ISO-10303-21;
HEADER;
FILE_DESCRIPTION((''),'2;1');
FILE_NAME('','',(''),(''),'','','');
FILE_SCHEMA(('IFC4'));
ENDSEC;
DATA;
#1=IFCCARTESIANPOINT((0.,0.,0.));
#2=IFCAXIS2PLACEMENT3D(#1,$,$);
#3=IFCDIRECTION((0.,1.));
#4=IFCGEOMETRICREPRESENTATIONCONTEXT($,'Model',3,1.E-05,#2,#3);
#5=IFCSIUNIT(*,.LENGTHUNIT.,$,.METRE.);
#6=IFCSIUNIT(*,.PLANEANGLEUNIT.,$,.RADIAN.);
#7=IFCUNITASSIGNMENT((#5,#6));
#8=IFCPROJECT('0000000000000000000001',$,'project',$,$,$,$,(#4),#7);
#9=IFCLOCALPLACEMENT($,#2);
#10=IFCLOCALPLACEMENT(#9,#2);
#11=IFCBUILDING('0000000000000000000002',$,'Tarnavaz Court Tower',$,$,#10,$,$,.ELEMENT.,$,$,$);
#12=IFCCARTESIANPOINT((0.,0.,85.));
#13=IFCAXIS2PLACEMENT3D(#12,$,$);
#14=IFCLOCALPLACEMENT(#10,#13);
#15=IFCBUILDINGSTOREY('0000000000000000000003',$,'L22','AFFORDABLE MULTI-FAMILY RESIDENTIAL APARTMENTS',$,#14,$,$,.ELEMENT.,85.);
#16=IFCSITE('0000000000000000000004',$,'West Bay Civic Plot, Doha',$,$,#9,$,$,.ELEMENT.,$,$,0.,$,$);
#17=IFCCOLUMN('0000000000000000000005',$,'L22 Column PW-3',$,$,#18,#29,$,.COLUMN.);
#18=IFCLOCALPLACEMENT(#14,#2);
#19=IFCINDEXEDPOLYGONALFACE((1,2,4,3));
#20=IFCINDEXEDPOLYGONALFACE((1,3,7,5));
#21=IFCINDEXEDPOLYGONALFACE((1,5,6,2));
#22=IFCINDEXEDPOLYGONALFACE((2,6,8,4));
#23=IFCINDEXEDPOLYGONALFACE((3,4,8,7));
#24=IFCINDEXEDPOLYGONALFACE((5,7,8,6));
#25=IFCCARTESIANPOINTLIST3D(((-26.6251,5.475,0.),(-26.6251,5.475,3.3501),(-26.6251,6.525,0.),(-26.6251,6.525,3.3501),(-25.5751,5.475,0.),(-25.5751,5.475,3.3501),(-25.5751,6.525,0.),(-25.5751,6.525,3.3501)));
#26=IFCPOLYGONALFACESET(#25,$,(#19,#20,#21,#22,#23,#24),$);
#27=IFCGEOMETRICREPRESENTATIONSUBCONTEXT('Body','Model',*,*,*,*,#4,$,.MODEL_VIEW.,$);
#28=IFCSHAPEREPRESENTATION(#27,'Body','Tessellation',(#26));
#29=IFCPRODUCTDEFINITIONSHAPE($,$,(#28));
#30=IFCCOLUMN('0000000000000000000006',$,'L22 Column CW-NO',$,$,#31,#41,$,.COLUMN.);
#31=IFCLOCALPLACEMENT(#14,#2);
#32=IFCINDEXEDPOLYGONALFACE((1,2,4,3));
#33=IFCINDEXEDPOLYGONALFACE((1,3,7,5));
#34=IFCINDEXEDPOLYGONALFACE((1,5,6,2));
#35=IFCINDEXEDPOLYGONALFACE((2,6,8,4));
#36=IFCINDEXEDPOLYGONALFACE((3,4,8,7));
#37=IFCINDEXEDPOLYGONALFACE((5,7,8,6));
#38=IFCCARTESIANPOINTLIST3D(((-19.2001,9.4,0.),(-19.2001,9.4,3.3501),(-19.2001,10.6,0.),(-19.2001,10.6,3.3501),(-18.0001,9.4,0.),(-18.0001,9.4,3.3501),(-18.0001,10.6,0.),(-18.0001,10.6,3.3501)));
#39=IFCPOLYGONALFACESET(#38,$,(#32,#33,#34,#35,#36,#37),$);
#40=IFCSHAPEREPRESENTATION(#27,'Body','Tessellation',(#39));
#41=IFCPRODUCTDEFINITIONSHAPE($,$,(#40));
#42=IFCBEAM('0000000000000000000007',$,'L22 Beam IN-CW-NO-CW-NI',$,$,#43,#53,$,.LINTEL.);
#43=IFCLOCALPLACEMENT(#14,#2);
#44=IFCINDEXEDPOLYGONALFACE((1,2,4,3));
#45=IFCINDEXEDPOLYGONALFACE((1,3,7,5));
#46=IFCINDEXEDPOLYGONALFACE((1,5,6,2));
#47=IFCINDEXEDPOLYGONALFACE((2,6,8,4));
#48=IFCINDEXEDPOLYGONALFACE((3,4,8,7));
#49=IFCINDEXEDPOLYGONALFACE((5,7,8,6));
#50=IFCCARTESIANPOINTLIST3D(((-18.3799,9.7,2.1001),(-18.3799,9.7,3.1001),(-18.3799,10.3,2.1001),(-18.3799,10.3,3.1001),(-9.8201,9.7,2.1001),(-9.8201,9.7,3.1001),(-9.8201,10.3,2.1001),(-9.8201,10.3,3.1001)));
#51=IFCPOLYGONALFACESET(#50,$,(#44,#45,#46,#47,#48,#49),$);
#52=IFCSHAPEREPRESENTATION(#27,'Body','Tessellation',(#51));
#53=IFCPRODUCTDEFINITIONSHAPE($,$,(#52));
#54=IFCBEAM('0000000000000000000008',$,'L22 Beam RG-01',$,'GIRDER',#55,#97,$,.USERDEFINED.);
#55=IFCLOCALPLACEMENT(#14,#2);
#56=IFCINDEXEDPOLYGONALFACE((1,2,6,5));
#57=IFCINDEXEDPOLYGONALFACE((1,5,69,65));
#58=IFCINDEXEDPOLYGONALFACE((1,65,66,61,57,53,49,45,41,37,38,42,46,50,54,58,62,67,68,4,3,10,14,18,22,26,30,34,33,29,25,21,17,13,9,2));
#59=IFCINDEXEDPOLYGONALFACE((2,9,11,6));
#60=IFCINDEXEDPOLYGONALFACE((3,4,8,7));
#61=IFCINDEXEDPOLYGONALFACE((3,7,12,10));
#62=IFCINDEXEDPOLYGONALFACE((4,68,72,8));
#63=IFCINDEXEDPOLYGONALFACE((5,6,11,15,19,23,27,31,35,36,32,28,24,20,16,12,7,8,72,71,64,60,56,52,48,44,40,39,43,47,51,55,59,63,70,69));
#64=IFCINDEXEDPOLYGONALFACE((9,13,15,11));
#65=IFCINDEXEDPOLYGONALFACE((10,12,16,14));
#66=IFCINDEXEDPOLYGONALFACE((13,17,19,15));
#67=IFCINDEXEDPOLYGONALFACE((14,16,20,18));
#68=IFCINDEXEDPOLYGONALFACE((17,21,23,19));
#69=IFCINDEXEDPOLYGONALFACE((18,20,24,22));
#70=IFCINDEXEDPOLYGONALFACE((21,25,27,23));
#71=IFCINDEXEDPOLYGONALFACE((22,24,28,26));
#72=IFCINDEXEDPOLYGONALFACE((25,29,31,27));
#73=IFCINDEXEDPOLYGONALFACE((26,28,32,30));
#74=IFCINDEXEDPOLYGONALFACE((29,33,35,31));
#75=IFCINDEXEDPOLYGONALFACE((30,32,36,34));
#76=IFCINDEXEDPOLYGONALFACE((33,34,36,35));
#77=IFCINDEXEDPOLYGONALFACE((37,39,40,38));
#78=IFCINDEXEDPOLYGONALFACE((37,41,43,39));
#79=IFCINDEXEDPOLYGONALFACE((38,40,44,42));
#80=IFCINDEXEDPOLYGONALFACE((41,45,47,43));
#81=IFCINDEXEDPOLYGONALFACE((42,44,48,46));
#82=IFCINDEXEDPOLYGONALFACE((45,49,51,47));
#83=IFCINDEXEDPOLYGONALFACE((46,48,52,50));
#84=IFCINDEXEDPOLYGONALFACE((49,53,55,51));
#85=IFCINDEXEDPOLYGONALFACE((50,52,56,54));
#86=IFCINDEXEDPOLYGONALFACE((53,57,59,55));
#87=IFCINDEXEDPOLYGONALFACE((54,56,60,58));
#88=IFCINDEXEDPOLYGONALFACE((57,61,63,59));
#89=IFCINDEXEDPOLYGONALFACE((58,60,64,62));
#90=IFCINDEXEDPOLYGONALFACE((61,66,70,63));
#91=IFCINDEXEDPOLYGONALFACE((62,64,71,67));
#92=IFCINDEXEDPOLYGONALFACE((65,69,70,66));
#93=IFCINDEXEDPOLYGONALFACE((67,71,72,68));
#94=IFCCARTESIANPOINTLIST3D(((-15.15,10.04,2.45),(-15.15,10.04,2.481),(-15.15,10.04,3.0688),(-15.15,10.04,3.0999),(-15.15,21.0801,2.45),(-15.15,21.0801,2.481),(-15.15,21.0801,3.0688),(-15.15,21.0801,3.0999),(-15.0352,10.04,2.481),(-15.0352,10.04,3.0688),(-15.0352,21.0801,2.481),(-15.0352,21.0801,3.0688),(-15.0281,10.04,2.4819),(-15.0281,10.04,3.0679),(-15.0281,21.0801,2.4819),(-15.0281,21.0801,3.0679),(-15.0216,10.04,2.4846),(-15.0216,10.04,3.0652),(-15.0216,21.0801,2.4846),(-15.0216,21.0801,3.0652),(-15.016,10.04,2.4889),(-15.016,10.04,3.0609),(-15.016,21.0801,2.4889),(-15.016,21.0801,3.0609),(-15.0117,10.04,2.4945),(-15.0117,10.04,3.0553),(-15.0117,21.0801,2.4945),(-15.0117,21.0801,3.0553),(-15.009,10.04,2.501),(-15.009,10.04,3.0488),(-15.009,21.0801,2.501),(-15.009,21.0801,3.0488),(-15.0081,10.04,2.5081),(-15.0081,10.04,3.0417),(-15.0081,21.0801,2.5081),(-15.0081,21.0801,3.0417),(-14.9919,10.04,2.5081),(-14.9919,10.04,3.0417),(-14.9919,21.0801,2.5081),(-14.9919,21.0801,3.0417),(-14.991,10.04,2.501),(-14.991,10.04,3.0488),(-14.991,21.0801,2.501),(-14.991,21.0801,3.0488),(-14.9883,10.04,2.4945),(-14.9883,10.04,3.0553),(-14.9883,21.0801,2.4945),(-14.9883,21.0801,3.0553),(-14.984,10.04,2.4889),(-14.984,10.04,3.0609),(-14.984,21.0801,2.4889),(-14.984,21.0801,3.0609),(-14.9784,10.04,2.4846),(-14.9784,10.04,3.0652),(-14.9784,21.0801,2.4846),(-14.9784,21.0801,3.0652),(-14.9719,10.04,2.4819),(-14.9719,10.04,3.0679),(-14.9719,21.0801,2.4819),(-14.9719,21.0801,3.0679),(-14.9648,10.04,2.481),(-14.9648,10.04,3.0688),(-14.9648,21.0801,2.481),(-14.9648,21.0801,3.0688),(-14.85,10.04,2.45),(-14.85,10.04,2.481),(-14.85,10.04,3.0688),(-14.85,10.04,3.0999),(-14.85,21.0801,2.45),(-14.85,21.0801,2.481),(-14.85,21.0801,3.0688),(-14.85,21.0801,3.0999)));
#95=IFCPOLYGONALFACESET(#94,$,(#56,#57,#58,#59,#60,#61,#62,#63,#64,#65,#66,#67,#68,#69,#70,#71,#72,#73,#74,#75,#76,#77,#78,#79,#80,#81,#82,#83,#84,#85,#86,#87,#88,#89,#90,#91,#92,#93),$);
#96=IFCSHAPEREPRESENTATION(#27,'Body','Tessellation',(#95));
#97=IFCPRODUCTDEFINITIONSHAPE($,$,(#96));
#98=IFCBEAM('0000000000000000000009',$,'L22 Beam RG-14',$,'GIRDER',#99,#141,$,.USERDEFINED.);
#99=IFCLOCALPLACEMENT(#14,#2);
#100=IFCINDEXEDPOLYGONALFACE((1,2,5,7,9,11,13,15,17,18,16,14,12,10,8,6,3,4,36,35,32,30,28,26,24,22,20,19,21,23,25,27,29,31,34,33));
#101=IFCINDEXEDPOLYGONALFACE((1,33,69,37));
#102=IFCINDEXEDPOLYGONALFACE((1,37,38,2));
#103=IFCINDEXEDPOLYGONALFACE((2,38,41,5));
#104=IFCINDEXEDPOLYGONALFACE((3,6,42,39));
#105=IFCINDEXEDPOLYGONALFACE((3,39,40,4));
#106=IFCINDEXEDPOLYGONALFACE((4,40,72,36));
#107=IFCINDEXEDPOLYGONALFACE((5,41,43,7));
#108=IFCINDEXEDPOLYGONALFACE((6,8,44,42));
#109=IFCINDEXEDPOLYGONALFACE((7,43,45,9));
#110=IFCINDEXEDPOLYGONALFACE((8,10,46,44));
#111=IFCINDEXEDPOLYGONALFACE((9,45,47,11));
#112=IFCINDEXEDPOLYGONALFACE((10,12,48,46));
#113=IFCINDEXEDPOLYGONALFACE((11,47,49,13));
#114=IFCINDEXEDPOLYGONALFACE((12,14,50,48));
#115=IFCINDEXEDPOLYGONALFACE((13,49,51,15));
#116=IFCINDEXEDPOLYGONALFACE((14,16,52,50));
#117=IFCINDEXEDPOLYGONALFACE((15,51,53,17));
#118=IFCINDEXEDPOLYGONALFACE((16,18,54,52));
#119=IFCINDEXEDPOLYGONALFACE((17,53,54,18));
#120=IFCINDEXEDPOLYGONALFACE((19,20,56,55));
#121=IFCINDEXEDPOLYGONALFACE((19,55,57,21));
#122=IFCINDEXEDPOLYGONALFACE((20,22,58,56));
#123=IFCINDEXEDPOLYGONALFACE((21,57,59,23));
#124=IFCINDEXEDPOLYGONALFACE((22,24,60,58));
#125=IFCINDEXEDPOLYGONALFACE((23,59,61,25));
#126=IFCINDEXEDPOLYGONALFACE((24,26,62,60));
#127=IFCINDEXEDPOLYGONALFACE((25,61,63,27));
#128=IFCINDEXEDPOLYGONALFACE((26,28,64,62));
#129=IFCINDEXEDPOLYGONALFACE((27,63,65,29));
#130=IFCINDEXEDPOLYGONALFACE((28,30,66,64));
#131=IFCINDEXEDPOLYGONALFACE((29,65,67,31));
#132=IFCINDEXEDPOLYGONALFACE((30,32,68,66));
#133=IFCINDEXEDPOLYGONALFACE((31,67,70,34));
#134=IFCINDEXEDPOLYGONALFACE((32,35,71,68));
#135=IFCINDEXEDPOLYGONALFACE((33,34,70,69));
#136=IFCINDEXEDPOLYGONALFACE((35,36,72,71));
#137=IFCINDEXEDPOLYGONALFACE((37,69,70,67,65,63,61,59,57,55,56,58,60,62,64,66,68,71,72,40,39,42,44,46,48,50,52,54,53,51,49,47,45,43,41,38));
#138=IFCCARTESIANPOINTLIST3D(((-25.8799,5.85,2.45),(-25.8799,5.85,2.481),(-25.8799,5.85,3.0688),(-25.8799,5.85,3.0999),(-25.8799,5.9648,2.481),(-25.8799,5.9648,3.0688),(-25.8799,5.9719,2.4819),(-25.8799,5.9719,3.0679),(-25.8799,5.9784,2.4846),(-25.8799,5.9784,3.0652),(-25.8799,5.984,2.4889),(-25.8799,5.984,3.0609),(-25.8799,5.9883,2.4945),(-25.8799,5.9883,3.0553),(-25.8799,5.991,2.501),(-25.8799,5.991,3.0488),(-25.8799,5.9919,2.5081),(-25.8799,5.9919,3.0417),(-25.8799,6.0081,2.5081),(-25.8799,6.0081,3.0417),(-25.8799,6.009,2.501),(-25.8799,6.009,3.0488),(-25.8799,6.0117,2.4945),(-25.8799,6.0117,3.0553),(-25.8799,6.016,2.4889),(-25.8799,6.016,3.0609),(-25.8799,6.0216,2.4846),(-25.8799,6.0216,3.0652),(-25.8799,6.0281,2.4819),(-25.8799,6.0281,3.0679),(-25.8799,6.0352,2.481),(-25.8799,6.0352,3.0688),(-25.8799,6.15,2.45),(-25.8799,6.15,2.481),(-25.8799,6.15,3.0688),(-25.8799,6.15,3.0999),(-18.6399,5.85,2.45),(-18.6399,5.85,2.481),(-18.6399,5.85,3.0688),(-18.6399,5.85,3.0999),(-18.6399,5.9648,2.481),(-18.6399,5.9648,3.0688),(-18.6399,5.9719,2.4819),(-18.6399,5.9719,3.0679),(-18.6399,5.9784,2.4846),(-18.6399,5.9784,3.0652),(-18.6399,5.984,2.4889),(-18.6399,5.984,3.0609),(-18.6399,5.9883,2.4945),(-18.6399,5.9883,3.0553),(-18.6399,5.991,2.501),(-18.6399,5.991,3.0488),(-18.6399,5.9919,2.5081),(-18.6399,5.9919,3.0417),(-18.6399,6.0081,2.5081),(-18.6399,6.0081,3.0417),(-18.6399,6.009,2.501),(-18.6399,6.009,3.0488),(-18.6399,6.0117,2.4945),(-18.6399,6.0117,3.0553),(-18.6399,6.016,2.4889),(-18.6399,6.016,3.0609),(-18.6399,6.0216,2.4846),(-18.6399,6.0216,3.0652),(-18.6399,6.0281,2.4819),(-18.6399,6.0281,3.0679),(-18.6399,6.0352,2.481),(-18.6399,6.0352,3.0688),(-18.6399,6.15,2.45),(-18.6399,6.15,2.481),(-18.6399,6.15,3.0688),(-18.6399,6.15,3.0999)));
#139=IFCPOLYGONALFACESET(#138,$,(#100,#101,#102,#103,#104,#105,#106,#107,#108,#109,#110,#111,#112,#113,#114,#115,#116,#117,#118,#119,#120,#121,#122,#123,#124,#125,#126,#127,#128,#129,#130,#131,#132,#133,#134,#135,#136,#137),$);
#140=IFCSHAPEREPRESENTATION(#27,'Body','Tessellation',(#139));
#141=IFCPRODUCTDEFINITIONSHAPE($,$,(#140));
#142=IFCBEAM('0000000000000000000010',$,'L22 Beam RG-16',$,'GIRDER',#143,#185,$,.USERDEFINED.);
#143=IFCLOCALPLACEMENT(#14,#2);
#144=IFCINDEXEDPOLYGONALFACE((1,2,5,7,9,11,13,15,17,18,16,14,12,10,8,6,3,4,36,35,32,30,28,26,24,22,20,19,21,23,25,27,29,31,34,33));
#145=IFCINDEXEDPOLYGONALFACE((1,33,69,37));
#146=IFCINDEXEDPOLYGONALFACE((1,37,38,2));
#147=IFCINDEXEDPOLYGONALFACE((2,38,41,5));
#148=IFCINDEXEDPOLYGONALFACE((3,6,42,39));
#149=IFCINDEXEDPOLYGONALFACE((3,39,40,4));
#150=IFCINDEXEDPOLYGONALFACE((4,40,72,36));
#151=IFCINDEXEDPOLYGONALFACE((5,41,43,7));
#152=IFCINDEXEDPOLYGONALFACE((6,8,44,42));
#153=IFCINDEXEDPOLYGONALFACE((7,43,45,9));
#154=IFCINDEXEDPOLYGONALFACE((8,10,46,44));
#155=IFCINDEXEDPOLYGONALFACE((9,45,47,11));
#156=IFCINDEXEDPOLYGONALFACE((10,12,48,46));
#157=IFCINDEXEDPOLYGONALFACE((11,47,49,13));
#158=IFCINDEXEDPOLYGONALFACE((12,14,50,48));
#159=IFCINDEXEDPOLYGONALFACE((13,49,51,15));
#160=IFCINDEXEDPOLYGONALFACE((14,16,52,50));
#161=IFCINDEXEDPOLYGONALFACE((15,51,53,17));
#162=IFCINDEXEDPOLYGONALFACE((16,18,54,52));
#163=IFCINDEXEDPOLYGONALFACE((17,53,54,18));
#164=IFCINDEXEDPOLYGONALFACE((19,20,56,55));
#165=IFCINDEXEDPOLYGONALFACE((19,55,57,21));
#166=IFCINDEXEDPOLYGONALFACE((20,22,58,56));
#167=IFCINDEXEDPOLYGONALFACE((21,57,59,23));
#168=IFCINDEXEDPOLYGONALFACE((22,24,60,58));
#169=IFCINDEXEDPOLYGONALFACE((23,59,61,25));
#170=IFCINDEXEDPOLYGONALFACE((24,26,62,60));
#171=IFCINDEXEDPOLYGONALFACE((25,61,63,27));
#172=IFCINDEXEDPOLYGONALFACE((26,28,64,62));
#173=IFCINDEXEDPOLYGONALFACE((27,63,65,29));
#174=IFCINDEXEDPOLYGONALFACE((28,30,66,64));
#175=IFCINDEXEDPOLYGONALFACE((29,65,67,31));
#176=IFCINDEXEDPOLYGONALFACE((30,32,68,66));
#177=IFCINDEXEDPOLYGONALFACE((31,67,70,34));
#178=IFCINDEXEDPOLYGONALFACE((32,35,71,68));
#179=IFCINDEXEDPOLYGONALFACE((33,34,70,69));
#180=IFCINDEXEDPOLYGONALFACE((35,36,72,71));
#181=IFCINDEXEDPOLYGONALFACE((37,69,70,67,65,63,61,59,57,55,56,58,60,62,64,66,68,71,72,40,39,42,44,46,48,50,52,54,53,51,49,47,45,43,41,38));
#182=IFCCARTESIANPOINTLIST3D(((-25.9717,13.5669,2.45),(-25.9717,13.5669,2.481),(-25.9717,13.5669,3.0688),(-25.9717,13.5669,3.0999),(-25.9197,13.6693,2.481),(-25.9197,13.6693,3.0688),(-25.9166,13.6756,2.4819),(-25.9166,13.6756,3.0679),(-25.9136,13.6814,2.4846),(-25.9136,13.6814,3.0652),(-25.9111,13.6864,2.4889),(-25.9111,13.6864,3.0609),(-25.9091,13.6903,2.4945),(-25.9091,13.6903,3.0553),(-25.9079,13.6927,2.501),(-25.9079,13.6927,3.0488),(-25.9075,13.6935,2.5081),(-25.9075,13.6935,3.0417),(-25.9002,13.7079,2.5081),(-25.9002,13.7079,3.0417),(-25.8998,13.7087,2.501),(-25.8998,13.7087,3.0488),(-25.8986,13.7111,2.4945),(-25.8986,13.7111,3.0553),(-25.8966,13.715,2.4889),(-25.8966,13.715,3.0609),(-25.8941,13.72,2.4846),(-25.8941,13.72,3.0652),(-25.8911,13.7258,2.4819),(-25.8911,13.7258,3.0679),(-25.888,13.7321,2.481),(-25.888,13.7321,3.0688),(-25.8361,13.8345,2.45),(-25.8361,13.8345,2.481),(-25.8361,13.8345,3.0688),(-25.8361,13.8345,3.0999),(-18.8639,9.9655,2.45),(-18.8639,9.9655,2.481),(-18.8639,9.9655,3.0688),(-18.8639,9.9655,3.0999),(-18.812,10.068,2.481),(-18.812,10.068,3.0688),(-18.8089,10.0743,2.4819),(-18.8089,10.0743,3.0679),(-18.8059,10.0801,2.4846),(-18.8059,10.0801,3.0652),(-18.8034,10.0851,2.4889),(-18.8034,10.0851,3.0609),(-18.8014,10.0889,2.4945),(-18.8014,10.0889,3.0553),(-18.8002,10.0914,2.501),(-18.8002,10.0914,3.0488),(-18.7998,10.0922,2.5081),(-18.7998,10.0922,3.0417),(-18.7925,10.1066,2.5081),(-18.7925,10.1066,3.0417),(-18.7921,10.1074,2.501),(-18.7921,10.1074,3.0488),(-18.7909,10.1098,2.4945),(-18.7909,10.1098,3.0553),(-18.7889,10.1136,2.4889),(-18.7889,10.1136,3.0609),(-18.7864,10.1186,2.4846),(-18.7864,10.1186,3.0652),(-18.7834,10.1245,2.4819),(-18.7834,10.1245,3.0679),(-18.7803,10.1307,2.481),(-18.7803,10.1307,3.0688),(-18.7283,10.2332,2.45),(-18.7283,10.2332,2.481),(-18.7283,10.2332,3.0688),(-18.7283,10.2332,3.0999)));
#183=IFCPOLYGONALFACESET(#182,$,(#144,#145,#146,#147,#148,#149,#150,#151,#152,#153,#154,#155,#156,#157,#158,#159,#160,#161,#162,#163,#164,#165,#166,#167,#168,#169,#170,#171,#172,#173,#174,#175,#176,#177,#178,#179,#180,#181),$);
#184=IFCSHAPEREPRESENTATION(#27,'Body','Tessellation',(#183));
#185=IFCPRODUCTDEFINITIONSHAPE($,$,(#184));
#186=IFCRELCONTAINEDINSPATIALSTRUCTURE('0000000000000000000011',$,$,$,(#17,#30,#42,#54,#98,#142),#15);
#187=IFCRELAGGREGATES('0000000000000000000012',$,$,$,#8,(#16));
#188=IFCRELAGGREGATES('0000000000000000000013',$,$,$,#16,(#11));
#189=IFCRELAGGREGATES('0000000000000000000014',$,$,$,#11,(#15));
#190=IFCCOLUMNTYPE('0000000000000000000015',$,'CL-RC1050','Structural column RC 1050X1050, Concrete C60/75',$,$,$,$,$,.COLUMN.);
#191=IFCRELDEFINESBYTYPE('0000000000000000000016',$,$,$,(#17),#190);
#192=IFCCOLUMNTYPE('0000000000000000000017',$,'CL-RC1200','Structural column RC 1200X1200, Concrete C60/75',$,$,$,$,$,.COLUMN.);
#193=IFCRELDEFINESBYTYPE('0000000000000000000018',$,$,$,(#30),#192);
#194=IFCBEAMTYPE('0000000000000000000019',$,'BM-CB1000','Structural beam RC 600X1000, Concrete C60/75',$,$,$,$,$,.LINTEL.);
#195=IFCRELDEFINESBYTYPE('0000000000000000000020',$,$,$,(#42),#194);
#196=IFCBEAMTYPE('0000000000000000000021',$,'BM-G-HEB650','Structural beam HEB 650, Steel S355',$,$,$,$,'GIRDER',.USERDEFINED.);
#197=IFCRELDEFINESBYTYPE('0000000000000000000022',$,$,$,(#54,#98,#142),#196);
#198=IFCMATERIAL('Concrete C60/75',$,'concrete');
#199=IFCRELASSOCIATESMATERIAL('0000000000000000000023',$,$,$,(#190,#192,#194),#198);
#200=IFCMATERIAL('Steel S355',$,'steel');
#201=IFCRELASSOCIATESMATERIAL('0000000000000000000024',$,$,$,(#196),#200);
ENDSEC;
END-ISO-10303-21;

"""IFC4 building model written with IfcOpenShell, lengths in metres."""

from ifc_helpers import new_model, si_unit, direction, frame, origin, origin_2d, place, context, subcontext, project, spatial, rectangle, i_section, extrude, material, material_profile, profile_set, type_object, element, save


model = new_model("IFC4")

# Units and contexts
model_context = context("Model", 3, precision=1e-05, world=origin(), true_north=direction((0.0, 1.0)))
body_context = subcontext(model_context, "Body", "Model", "MODEL_VIEW")
ifc_project = project(units=[si_unit("LENGTHUNIT", "METRE"), si_unit("PLANEANGLEUNIT", "RADIAN")], contexts=[model_context])

# Site, building, storey
site_placement = place(None, origin())
site = spatial("IfcSite", under=ifc_project, at=site_placement, Name="West Bay Civic Plot, Doha", CompositionType="ELEMENT", RefElevation=0.0)
building_placement = place(site_placement, origin())
building = spatial("IfcBuilding", under=site, at=building_placement, Name="Tarnavaz Court Tower", CompositionType="ELEMENT")
storey_placement = place(building_placement, frame((0.0, 0.0, 85.0)))
storey = spatial("IfcBuildingStorey", under=building, at=storey_placement, Name="L22", Description="AFFORDABLE MULTI-FAMILY RESIDENTIAL APARTMENTS", CompositionType="ELEMENT", Elevation=85.0)

# Columns
ifc_material_1 = material(Name="Concrete C60/75", Category="concrete")
ifc_material_profile_1 = material_profile(ifc_material_1, rectangle(XDim=1.05, YDim=1.05, at=origin_2d()), Name="RC 1050X1050")
ifc_profile_set_1 = profile_set([ifc_material_profile_1], Name="Concrete C60/75")
column_type_1 = type_object("IfcColumnType", Name="CL-RC1050", Description="Structural column RC 1050X1050, Concrete C60/75", PredefinedType="COLUMN", material=ifc_profile_set_1)
column_1_placement = place(storey_placement, frame((-26.1001, 6.0, 0.0), z_axis=(0.0, 0.0, 1.0), x_axis=(1.0, 0.0, 0.0)))
element("IfcColumn", 1, at=column_1_placement, inside=storey, type_object=column_type_1, Name="L22 Column PW-3", PredefinedType="COLUMN", context=body_context, shape_type="SweptSolid", body=[
    extrude(rectangle(XDim=1.05, YDim=1.05, at=origin_2d()), origin(), (0.0, 0.0, 1.0), 3.3501),
])
ifc_material_profile_2 = material_profile(ifc_material_1, rectangle(XDim=1.2, YDim=1.2, at=origin_2d()), Name="RC 1200X1200")
ifc_profile_set_2 = profile_set([ifc_material_profile_2], Name="Concrete C60/75")
column_type_2 = type_object("IfcColumnType", Name="CL-RC1200", Description="Structural column RC 1200X1200, Concrete C60/75", PredefinedType="COLUMN", material=ifc_profile_set_2)
column_2_placement = place(storey_placement, frame((-18.6001, 10.0, 0.0), z_axis=(0.0, 0.0, 1.0), x_axis=(1.0, 0.0, 0.0)))
element("IfcColumn", 2, at=column_2_placement, inside=storey, type_object=column_type_2, Name="L22 Column CW-NO", PredefinedType="COLUMN", context=body_context, shape_type="SweptSolid", body=[
    extrude(rectangle(XDim=1.2, YDim=1.2, at=origin_2d()), origin(), (0.0, 0.0, 1.0), 3.3501),
])

# Beams
ifc_material_profile_3 = material_profile(ifc_material_1, rectangle(XDim=0.6001, YDim=1.0, at=origin_2d()), Name="RC 600X1000")
ifc_profile_set_3 = profile_set([ifc_material_profile_3], Name="Concrete C60/75")
beam_type_1 = type_object("IfcBeamType", Name="BM-CB1000", Description="Structural beam RC 600X1000, Concrete C60/75", PredefinedType="LINTEL", material=ifc_profile_set_3)
beam_1_placement = place(storey_placement, frame((-18.3799, 10.0, 2.6001), z_axis=(1.0, 0.0, 0.0), x_axis=(0.0, 1.0, 0.0)))
element("IfcBeam", 3, at=beam_1_placement, inside=storey, type_object=beam_type_1, Name="L22 Beam IN-CW-NO-CW-NI", PredefinedType="LINTEL", context=body_context, shape_type="SweptSolid", body=[
    extrude(rectangle(XDim=0.6001, YDim=1.0, at=origin_2d()), origin(), (0.0, 0.0, 1.0), 8.5598),
])
ifc_material_2 = material(Name="Steel S355", Category="steel")
ifc_material_profile_4 = material_profile(ifc_material_2, i_section(OverallWidth=0.3, OverallDepth=0.6499, WebThickness=0.0161, FlangeThickness=0.031, FilletRadius=0.0271, at=origin_2d()), Name="HEB 650")
ifc_profile_set_4 = profile_set([ifc_material_profile_4], Name="Steel S355")
beam_type_2 = type_object("IfcBeamType", Name="BM-G-HEB650", Description="Structural beam HEB 650, Steel S355", ElementType="GIRDER", PredefinedType="USERDEFINED", material=ifc_profile_set_4)
beam_2_placement = place(storey_placement, frame((-15.0, 10.04, 2.7749), z_axis=(0.0, 1.0, 0.0), x_axis=(-1.0, 0.0, 0.0)))
element("IfcBeam", 4, at=beam_2_placement, inside=storey, type_object=beam_type_2, Name="L22 Beam RG-01", ObjectType="GIRDER", PredefinedType="USERDEFINED", context=body_context, shape_type="SweptSolid", body=[
    extrude(i_section(OverallWidth=0.3, OverallDepth=0.6499, WebThickness=0.0161, FlangeThickness=0.031, FilletRadius=0.0271, at=origin_2d()), origin(), (0.0, 0.0, 1.0), 11.04),
])
beam_3_placement = place(storey_placement, frame((-18.6399, 6.0, 2.7749), z_axis=(-1.0, 0.0, 0.0), x_axis=(0.0, -1.0, 0.0)))
element("IfcBeam", 5, at=beam_3_placement, inside=storey, type_object=beam_type_2, Name="L22 Beam RG-14", ObjectType="GIRDER", PredefinedType="USERDEFINED", context=body_context, shape_type="SweptSolid", body=[
    extrude(i_section(OverallWidth=0.3, OverallDepth=0.6499, WebThickness=0.0161, FlangeThickness=0.031, FilletRadius=0.0271, at=origin_2d()), origin(), (0.0, 0.0, 1.0), 7.24),
])
beam_4_placement = place(storey_placement, frame((-18.7961, 10.0994, 2.7749), z_axis=(-0.892031, 0.451975, 0.0), x_axis=(-0.451975, -0.892031, 0.0)))
element("IfcBeam", 6, at=beam_4_placement, inside=storey, type_object=beam_type_2, Name="L22 Beam RG-16", ObjectType="GIRDER", PredefinedType="USERDEFINED", context=body_context, shape_type="SweptSolid", body=[
    extrude(i_section(OverallWidth=0.3, OverallDepth=0.6499, WebThickness=0.0161, FlangeThickness=0.031, FilletRadius=0.0271, at=origin_2d()), origin(), (0.0, 0.0, 1.0), 7.968),
])

save(model, "model.ifc")
